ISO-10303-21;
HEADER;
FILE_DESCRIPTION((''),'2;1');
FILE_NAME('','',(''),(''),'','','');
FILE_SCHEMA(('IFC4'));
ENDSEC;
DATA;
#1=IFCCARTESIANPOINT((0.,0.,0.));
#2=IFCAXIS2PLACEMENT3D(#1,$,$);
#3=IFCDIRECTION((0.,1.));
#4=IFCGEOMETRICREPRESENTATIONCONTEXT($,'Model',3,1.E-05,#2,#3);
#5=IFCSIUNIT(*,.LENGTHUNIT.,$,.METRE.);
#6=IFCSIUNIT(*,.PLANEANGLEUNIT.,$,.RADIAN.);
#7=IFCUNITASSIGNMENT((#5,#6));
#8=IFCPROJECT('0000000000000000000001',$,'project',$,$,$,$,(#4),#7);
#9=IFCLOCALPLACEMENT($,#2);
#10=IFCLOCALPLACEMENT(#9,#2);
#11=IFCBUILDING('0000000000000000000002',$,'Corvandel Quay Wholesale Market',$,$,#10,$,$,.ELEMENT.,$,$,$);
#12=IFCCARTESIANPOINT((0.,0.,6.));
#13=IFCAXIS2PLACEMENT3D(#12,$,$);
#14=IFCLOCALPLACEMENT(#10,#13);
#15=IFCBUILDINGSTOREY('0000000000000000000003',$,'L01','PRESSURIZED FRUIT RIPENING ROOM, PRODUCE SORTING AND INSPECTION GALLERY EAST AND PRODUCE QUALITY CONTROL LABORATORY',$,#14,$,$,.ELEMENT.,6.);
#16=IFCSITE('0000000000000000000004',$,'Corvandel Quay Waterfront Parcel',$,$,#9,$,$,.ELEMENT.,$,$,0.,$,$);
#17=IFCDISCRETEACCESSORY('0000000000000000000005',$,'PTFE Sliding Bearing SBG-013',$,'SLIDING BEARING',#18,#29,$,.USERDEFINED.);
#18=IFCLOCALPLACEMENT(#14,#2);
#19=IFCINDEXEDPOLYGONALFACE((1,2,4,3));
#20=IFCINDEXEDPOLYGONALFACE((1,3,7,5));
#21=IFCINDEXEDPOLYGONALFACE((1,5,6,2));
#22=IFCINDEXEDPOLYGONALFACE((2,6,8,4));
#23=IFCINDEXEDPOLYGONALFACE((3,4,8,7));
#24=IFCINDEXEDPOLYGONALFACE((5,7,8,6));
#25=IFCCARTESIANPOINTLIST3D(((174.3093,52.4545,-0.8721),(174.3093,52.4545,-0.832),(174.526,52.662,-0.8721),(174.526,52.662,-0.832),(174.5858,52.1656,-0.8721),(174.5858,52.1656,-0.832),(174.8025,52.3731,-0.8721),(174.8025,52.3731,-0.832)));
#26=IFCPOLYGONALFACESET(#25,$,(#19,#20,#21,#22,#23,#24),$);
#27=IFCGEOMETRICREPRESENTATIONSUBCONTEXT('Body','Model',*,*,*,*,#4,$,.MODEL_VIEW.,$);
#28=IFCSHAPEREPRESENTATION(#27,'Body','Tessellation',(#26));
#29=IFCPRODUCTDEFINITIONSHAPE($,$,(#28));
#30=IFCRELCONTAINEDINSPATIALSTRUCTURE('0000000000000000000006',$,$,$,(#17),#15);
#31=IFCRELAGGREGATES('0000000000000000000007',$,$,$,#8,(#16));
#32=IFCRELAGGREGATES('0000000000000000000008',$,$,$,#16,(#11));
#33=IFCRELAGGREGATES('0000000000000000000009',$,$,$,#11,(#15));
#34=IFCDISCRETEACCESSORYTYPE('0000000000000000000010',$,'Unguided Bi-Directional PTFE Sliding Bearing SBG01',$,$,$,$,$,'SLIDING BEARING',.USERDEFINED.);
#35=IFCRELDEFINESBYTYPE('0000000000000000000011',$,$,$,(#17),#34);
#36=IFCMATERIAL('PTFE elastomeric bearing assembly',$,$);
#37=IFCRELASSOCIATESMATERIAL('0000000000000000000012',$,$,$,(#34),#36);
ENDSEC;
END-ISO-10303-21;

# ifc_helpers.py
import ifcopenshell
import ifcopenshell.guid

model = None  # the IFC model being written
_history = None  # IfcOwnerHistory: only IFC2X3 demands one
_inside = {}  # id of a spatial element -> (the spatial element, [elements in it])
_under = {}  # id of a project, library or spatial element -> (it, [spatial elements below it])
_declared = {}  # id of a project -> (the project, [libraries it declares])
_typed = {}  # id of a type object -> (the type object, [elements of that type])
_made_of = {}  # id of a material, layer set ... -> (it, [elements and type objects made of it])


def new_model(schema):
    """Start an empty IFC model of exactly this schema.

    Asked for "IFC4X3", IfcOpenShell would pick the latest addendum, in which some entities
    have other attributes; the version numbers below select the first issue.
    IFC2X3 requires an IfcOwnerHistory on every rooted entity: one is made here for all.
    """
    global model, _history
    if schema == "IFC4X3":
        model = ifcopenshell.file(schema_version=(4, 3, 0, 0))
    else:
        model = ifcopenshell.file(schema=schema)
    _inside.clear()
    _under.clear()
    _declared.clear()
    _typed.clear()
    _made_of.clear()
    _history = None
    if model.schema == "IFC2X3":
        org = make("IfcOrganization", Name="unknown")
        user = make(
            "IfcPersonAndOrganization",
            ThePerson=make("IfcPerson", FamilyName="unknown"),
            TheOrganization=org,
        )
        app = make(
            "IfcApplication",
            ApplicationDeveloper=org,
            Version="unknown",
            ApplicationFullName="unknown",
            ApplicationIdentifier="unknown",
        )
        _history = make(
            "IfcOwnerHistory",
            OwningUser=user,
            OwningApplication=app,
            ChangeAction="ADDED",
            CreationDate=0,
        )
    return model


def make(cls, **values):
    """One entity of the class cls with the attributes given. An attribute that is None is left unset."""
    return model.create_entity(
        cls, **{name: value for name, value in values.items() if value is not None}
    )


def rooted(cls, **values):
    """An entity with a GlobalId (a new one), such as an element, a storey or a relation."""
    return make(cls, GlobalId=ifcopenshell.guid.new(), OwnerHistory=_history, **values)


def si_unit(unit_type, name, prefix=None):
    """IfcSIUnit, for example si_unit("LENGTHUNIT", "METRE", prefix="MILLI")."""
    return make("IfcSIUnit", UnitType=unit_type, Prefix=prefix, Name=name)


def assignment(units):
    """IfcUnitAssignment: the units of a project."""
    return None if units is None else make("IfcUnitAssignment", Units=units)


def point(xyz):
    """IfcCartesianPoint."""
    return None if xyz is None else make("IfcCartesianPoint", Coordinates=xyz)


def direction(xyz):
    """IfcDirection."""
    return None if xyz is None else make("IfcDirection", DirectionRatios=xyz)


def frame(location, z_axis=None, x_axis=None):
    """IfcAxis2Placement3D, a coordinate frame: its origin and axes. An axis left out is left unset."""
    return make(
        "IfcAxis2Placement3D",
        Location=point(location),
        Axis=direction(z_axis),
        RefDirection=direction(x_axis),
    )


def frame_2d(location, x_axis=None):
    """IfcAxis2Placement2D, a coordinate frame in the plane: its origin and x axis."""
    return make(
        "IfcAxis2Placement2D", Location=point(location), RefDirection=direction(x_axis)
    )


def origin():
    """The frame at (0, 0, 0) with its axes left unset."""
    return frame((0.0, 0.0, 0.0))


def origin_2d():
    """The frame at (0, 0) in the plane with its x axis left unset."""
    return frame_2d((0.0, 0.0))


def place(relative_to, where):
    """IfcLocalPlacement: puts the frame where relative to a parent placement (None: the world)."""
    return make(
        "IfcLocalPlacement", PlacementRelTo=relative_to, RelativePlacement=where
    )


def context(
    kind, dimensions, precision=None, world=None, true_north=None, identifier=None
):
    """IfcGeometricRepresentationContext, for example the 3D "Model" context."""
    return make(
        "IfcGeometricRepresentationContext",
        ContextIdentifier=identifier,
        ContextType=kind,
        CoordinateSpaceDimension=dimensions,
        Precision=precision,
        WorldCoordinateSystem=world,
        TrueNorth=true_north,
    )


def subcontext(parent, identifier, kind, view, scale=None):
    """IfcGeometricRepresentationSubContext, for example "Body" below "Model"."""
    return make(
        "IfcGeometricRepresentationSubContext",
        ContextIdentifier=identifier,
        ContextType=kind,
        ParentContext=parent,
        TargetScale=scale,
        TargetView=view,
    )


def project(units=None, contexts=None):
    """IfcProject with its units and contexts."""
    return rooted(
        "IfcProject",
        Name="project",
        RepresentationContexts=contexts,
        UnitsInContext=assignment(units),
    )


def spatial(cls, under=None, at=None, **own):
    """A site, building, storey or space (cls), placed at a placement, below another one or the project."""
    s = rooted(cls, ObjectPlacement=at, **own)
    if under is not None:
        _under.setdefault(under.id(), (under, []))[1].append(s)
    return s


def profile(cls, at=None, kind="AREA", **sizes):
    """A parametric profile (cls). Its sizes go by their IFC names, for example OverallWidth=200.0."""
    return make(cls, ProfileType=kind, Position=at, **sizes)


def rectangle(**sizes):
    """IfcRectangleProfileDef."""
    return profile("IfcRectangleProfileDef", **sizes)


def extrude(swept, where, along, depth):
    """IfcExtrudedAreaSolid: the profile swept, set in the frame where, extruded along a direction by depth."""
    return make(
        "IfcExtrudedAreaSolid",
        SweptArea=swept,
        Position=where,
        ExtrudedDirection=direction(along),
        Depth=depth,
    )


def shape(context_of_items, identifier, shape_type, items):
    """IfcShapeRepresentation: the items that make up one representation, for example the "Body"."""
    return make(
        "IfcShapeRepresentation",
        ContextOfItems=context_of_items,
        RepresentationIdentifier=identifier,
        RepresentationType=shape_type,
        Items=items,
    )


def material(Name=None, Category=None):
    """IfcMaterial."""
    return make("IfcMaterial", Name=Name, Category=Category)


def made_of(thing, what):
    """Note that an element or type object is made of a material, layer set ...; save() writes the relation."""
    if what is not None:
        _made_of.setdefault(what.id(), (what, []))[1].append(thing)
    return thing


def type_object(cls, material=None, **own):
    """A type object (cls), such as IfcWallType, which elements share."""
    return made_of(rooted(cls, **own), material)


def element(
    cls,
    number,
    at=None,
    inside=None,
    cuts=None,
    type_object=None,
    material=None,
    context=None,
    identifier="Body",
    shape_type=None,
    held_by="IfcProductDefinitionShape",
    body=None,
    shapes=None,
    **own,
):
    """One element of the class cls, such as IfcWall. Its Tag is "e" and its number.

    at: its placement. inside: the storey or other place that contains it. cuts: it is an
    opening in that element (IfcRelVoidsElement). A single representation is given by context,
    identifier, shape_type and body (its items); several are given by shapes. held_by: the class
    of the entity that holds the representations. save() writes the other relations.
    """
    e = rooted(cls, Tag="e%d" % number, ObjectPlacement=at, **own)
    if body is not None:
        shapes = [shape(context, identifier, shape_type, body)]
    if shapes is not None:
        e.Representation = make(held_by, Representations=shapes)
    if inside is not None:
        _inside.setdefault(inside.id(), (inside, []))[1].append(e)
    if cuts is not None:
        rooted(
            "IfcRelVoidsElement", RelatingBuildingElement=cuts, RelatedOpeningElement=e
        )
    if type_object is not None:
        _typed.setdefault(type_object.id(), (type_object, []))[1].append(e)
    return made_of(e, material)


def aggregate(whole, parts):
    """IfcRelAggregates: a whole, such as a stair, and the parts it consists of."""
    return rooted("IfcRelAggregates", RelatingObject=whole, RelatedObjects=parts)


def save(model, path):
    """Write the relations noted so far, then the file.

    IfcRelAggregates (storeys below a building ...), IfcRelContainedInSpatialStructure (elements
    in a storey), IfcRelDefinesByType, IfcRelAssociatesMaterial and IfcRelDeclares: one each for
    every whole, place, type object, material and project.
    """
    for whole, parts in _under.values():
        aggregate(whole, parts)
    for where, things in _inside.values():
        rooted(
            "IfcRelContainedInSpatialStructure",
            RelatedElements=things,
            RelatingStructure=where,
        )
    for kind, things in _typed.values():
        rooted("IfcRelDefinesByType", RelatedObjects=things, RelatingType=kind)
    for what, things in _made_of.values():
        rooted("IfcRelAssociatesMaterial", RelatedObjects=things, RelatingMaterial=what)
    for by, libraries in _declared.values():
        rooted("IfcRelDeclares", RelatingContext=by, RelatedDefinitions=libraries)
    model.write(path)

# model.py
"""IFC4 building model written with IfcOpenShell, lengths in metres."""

from ifc_helpers import new_model, si_unit, direction, frame, origin, origin_2d, place, context, subcontext, project, spatial, rectangle, extrude, material, type_object, element, save


model = new_model("IFC4")

# Units and contexts
model_context = context("Model", 3, precision=1e-05, world=origin(), true_north=direction((0.0, 1.0)))
body_context = subcontext(model_context, "Body", "Model", "MODEL_VIEW")
ifc_project = project(units=[si_unit("LENGTHUNIT", "METRE"), si_unit("PLANEANGLEUNIT", "RADIAN")], contexts=[model_context])

# Site, building, storey
site_placement = place(None, origin())
site = spatial("IfcSite", under=ifc_project, at=site_placement, Name="Corvandel Quay Waterfront Parcel", CompositionType="ELEMENT", RefElevation=0.0)
building_placement = place(site_placement, origin())
building = spatial("IfcBuilding", under=site, at=building_placement, Name="Corvandel Quay Wholesale Market", CompositionType="ELEMENT")
storey_placement = place(building_placement, frame((0.0, 0.0, 6.0)))
storey = spatial("IfcBuildingStorey", under=building, at=storey_placement, Name="L01", Description="PRESSURIZED FRUIT RIPENING ROOM, PRODUCE SORTING AND INSPECTION GALLERY EAST AND PRODUCE QUALITY CONTROL LABORATORY", CompositionType="ELEMENT", Elevation=6.0)

# Discrete accessory
ifc_material_1 = material(Name="PTFE elastomeric bearing assembly")
discrete_accessory_type = type_object("IfcDiscreteAccessoryType", Name="Unguided Bi-Directional PTFE Sliding Bearing SBG01", ElementType="SLIDING BEARING", PredefinedType="USERDEFINED", material=ifc_material_1)
discrete_accessory_placement = place(storey_placement, frame((174.5559, 52.4138, -0.8721), z_axis=(0.0, 0.0, 1.0), x_axis=(0.722364, 0.691513, 0.0)))
element("IfcDiscreteAccessory", 1, at=discrete_accessory_placement, inside=storey, type_object=discrete_accessory_type, Name="PTFE Sliding Bearing SBG-013", ObjectType="SLIDING BEARING", PredefinedType="USERDEFINED", context=body_context, shape_type="SweptSolid", body=[
    extrude(rectangle(XDim=0.3, YDim=0.3999, at=origin_2d()), origin(), (0.0, 0.0, 1.0), 0.04),
])

save(model, "model.ifc")
